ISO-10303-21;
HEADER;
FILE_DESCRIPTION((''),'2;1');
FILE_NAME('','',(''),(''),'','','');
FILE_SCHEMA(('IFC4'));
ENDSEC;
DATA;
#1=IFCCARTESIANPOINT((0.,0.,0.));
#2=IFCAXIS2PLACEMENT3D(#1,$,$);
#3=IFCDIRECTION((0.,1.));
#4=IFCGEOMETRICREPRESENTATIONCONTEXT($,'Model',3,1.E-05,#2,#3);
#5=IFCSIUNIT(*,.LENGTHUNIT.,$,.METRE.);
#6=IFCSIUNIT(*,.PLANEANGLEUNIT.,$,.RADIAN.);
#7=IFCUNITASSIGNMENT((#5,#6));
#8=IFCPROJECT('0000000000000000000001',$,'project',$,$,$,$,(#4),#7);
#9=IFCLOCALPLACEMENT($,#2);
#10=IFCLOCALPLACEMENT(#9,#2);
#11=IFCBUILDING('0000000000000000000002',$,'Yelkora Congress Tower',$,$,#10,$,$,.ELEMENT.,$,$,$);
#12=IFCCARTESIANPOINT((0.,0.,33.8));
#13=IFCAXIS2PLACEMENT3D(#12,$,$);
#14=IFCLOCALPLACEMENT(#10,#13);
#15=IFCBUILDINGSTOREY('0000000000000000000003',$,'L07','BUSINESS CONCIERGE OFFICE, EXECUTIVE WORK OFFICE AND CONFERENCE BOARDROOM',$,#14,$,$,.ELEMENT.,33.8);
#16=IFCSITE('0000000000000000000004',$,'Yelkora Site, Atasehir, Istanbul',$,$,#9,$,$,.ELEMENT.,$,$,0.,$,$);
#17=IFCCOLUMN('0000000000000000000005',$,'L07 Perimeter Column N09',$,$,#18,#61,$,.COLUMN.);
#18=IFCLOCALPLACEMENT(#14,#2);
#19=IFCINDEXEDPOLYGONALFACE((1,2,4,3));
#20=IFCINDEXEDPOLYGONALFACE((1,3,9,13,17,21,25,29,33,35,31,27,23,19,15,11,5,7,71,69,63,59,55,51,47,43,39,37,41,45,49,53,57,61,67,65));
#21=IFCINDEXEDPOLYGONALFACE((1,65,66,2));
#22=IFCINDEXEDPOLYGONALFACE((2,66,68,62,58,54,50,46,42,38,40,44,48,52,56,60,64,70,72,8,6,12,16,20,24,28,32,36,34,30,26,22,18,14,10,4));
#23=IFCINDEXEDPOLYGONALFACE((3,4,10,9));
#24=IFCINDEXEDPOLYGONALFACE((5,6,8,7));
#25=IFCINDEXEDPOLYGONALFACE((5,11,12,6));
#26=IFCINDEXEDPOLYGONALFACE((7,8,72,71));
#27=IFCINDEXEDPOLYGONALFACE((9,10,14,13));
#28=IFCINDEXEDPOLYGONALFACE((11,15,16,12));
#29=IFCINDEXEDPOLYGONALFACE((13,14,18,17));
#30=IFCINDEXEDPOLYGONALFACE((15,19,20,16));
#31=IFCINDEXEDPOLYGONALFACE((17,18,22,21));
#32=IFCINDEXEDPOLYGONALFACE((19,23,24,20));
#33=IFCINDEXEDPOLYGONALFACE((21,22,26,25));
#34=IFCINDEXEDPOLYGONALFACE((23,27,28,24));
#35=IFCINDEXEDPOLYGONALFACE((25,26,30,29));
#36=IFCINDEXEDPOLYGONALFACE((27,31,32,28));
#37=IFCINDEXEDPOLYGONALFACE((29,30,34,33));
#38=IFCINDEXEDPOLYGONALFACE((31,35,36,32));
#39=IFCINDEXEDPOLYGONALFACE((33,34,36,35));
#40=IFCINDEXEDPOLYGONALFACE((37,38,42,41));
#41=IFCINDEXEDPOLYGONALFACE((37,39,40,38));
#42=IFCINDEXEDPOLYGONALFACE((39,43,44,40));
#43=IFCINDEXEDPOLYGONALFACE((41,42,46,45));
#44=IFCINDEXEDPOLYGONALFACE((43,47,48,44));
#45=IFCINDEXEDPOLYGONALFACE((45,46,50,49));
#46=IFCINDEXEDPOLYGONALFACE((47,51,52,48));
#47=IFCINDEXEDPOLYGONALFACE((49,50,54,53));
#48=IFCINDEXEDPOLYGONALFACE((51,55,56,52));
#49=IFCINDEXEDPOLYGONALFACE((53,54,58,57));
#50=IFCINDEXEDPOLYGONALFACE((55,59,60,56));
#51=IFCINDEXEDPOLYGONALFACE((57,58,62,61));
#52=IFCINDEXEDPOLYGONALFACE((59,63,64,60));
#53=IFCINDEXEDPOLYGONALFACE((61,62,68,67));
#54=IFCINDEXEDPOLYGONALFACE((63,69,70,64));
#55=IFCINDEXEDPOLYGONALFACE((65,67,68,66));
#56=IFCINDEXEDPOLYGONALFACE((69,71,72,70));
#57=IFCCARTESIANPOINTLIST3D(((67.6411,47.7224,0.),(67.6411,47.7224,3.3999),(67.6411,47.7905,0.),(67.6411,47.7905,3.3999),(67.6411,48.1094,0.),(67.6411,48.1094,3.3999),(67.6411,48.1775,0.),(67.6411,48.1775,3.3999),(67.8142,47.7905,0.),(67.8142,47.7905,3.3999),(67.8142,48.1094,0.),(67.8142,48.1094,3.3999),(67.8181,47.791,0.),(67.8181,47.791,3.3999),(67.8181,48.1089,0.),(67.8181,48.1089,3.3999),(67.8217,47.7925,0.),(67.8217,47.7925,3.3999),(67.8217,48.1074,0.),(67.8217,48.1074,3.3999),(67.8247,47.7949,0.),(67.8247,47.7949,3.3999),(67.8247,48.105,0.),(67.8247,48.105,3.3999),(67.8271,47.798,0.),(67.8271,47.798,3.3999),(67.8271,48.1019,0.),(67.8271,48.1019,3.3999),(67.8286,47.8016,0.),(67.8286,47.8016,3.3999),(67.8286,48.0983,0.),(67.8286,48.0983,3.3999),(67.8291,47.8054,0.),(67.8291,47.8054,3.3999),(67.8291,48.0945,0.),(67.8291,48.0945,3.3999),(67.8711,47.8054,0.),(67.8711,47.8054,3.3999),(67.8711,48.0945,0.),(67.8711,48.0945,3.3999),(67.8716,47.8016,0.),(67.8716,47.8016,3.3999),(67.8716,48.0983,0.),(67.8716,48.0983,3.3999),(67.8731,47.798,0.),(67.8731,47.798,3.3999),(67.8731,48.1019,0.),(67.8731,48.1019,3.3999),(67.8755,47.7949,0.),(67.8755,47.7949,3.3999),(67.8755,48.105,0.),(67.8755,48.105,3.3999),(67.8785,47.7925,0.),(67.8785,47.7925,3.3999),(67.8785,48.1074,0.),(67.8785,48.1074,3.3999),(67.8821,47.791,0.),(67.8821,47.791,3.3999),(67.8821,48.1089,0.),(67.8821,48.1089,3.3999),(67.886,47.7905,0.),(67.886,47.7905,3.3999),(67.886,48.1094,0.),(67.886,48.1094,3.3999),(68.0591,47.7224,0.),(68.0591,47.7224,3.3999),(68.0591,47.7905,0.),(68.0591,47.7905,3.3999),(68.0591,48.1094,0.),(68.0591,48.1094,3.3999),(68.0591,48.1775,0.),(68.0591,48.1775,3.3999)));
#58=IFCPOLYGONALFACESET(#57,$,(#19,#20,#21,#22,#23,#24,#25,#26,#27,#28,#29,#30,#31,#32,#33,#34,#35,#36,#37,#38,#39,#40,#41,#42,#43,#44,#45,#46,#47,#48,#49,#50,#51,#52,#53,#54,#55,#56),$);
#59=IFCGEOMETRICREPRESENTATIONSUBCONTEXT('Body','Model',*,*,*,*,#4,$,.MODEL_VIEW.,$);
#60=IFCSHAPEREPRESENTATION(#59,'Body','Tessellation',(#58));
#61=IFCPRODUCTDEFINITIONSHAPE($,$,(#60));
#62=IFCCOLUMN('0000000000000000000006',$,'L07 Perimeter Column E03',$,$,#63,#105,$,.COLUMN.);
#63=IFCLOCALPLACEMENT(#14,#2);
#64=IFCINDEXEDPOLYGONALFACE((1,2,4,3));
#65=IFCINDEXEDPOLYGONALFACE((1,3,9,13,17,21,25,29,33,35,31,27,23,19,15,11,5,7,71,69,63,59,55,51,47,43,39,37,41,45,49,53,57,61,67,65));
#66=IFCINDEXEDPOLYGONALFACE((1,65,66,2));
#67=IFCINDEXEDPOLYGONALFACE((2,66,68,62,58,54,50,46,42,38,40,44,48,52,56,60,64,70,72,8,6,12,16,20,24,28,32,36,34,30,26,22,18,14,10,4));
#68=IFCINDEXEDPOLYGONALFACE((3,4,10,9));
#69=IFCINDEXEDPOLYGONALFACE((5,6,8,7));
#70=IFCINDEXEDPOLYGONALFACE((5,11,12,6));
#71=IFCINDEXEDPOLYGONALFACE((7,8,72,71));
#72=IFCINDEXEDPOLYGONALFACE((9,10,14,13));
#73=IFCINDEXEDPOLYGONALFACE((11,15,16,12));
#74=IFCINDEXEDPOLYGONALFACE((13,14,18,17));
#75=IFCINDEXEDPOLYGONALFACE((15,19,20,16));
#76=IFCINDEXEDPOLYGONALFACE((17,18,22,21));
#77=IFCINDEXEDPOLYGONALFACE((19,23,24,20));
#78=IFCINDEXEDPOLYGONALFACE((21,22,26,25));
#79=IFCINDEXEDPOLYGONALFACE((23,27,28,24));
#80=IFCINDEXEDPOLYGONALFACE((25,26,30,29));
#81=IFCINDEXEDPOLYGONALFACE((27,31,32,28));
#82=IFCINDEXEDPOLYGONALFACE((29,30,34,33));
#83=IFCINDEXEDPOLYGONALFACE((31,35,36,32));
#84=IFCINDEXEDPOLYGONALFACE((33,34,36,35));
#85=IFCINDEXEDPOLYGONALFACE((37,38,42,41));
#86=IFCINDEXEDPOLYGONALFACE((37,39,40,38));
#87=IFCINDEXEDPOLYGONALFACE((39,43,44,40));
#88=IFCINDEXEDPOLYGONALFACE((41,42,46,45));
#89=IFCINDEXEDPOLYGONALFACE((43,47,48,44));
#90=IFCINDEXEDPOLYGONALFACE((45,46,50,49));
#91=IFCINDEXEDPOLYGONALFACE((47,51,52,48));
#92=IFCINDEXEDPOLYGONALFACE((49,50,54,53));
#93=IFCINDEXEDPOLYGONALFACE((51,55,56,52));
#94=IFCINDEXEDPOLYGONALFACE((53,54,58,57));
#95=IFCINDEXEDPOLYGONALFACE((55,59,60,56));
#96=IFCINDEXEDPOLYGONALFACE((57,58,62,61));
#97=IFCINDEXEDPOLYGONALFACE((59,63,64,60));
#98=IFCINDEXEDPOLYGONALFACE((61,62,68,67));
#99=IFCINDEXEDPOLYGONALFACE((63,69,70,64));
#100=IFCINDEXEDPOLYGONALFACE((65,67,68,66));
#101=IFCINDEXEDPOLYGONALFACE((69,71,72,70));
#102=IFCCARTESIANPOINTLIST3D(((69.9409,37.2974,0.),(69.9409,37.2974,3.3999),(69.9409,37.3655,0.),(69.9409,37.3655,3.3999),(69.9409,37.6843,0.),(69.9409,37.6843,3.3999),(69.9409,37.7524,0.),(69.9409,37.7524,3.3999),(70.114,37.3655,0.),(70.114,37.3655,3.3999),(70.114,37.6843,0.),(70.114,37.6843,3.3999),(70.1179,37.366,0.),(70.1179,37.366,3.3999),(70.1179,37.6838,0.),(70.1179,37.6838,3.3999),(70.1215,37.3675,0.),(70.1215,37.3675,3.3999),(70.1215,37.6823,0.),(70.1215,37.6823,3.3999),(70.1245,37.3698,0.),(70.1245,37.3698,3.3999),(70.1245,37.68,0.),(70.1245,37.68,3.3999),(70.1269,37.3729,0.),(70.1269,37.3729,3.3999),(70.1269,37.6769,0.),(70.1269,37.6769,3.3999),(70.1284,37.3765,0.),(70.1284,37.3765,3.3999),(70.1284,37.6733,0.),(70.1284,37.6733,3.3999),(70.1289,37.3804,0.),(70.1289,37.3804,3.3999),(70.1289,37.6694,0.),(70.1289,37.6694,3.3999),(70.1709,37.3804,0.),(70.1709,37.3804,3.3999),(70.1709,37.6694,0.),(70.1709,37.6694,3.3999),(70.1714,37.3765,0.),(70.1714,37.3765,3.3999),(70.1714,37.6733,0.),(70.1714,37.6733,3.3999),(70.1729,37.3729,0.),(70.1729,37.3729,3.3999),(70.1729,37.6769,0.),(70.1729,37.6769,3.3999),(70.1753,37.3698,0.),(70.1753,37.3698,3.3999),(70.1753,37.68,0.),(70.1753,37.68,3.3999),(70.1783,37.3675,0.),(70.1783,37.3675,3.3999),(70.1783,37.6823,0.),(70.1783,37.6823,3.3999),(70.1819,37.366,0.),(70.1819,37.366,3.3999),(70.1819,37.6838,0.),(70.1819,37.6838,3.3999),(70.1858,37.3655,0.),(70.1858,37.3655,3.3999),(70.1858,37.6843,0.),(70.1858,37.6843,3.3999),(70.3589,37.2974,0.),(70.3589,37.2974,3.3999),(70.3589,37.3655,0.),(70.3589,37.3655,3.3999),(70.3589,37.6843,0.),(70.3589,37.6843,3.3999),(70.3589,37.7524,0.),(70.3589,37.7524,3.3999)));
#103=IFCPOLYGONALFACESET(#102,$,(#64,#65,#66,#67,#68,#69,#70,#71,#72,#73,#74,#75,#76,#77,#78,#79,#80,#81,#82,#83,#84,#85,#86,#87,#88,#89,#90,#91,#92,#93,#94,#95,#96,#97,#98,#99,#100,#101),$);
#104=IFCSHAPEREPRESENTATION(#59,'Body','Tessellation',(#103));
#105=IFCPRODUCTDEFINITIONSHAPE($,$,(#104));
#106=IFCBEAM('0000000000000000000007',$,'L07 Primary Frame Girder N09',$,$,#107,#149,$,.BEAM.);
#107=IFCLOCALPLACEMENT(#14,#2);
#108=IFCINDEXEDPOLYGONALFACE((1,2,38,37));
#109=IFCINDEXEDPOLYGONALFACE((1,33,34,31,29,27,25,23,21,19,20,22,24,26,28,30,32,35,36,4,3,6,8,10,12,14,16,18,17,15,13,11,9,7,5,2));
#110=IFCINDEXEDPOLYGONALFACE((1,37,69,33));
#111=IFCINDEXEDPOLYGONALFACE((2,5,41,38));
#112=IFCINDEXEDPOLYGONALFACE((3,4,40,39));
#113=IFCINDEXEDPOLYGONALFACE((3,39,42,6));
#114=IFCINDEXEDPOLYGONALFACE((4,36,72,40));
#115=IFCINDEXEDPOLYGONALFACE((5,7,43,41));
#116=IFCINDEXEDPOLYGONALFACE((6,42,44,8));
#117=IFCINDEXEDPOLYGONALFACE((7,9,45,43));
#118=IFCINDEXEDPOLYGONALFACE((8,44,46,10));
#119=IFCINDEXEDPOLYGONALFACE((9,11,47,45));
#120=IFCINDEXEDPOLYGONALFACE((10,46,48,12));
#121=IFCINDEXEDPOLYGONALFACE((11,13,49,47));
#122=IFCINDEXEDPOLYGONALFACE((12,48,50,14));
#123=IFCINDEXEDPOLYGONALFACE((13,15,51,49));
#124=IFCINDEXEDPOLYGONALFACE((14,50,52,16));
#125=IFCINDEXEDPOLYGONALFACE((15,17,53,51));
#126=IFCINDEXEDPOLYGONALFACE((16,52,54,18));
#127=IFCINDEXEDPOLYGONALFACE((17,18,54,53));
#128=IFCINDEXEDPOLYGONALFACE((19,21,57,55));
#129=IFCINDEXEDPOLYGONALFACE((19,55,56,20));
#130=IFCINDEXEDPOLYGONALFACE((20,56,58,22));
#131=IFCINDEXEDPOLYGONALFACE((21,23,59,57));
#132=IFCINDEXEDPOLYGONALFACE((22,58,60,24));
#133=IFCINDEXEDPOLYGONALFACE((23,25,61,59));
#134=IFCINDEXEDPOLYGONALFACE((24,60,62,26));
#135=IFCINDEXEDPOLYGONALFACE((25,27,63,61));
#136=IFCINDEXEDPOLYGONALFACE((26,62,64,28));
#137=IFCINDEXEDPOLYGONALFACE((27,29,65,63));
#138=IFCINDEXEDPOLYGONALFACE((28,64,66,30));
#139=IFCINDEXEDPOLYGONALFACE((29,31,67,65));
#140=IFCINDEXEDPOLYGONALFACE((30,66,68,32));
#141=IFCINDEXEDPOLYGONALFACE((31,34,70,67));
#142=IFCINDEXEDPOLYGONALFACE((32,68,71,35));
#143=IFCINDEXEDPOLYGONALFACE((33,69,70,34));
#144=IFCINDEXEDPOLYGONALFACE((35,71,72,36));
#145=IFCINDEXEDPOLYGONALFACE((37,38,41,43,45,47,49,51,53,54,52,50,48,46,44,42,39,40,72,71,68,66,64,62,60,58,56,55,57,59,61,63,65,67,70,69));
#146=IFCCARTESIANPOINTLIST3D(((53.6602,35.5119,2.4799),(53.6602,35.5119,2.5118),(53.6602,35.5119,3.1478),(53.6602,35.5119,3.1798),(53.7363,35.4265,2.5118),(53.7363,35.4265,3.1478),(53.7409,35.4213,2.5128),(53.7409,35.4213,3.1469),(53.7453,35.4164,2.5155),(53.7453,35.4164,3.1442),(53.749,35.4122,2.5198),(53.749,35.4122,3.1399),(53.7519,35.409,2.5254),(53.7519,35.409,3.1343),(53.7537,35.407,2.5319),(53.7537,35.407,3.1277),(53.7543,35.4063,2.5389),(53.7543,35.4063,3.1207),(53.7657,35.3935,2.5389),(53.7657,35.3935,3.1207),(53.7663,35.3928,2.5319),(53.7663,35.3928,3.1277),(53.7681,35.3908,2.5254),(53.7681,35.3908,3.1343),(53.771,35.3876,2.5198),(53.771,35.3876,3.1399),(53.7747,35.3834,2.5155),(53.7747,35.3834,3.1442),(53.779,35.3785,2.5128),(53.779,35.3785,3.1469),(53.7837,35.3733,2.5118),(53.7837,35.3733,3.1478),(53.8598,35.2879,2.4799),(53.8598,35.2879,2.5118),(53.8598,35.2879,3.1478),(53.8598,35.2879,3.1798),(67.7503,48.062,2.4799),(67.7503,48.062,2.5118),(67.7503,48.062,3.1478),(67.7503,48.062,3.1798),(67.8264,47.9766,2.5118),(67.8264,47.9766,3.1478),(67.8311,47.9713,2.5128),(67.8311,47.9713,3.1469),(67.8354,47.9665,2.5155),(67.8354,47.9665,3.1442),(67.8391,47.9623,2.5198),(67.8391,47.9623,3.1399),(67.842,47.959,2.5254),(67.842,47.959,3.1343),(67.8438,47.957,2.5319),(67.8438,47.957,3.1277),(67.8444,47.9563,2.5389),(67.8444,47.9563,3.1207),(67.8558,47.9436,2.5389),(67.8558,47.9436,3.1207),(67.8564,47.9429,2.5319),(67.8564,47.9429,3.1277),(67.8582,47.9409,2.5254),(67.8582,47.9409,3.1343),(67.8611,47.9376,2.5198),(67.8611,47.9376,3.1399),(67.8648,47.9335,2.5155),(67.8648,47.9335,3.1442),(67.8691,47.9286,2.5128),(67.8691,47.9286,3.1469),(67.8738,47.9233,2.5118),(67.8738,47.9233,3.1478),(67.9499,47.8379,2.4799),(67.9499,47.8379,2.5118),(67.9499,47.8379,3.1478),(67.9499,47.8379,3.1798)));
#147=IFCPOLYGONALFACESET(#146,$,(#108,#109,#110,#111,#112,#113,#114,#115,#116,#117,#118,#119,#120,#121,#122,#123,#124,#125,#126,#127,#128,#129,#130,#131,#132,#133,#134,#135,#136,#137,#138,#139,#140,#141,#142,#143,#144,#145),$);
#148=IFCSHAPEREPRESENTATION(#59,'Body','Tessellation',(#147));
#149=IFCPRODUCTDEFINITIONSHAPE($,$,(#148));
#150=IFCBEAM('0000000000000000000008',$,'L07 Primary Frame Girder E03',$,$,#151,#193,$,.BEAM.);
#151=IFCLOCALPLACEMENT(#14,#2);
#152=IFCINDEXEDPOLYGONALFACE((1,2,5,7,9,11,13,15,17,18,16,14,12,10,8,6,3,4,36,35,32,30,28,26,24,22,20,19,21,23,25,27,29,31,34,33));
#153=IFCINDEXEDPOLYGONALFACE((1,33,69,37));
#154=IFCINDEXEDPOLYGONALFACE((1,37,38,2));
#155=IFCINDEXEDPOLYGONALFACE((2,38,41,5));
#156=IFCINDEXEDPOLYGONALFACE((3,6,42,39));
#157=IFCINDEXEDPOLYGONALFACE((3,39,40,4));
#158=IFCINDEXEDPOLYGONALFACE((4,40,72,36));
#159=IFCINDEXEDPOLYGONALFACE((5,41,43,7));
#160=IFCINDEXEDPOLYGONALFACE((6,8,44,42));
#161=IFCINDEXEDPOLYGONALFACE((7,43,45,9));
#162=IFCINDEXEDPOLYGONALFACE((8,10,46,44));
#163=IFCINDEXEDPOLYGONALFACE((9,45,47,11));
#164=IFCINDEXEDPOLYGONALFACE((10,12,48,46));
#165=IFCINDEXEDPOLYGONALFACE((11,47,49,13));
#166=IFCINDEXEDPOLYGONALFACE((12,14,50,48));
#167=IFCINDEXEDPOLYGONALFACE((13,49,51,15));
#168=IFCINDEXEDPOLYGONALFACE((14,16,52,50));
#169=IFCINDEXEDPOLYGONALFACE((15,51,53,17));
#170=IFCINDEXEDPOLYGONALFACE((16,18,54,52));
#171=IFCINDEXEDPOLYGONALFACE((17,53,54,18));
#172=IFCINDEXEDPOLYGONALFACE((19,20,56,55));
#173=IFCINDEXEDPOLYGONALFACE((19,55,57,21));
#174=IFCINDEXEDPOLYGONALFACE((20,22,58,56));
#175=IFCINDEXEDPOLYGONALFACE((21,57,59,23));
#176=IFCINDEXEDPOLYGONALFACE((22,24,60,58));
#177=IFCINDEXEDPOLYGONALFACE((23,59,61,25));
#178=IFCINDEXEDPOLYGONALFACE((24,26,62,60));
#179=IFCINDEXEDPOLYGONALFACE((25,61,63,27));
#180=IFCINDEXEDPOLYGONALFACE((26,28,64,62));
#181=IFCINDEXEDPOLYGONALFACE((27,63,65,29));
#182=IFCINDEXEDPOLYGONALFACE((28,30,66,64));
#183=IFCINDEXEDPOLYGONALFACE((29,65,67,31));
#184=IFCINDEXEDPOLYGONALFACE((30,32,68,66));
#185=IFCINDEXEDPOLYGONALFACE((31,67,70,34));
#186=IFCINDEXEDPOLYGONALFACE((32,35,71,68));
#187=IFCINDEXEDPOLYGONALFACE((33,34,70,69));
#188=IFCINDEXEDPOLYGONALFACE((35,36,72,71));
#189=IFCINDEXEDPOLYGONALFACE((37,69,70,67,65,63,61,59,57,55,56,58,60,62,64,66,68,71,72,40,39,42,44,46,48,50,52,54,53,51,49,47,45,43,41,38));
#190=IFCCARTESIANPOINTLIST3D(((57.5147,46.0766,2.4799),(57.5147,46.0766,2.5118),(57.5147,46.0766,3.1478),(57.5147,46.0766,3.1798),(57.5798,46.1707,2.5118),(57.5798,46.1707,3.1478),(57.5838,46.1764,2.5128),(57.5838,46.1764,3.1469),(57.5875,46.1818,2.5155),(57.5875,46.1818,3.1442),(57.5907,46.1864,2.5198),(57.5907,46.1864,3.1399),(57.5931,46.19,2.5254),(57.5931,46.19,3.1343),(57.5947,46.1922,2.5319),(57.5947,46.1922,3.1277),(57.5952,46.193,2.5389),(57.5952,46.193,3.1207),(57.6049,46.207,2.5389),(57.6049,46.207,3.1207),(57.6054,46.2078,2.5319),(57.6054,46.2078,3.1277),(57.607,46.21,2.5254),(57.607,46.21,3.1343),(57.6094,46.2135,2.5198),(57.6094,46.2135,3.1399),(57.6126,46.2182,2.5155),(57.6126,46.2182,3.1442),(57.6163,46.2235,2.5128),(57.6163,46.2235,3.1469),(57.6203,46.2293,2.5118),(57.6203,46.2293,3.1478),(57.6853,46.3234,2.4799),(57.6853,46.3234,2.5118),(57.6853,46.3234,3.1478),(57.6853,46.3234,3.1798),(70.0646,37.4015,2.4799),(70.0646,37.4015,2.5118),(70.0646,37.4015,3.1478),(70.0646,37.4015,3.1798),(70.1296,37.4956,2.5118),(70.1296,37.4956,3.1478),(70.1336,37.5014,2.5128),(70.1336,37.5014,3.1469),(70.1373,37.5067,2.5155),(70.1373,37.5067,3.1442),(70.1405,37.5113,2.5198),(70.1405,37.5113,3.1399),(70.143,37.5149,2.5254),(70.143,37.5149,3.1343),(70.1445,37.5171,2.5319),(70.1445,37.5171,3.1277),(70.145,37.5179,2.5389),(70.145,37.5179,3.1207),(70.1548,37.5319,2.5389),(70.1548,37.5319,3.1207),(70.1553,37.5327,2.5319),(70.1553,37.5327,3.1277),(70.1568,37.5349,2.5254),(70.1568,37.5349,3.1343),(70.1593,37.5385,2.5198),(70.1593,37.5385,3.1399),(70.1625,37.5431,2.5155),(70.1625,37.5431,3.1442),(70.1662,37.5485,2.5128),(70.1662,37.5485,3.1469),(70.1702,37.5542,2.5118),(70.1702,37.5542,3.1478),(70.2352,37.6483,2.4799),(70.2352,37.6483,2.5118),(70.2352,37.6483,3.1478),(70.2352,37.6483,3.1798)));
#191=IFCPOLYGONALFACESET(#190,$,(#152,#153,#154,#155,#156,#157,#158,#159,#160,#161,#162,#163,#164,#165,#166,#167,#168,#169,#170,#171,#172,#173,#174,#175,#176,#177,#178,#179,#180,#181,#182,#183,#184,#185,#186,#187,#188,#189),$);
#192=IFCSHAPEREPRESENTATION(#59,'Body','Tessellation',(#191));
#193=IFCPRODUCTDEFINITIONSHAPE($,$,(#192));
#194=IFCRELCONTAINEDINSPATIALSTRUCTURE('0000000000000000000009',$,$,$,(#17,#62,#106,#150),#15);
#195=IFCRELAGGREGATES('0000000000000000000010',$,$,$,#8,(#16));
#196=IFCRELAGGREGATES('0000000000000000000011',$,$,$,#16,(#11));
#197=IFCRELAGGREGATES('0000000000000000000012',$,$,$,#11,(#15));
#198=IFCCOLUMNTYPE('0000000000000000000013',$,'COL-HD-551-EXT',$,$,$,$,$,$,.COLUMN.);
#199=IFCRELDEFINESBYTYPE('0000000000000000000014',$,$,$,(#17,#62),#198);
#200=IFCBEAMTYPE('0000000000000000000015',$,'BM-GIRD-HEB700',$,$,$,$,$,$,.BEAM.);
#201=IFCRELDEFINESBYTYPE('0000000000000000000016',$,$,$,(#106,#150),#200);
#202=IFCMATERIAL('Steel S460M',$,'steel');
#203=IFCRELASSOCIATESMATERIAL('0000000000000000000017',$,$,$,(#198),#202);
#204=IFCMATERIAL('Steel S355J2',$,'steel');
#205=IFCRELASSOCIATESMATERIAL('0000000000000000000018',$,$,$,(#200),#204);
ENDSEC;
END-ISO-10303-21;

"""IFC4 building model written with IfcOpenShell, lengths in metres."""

from ifc_helpers import new_model, si_unit, direction, frame, origin, origin_2d, place, context, subcontext, project, spatial, i_section, extrude, material, material_profile, profile_set, type_object, element, save


model = new_model("IFC4")

# Units and contexts
model_context = context("Model", 3, precision=1e-05, world=origin(), true_north=direction((0.0, 1.0)))
body_context = subcontext(model_context, "Body", "Model", "MODEL_VIEW")
ifc_project = project(units=[si_unit("LENGTHUNIT", "METRE"), si_unit("PLANEANGLEUNIT", "RADIAN")], contexts=[model_context])

# Site, building, storey
site_placement = place(None, origin())
site = spatial("IfcSite", under=ifc_project, at=site_placement, Name="Yelkora Site, Atasehir, Istanbul", CompositionType="ELEMENT", RefElevation=0.0)
building_placement = place(site_placement, origin())
building = spatial("IfcBuilding", under=site, at=building_placement, Name="Yelkora Congress Tower", CompositionType="ELEMENT")
storey_placement = place(building_placement, frame((0.0, 0.0, 33.8)))
storey = spatial("IfcBuildingStorey", under=building, at=storey_placement, Name="L07", Description="BUSINESS CONCIERGE OFFICE, EXECUTIVE WORK OFFICE AND CONFERENCE BOARDROOM", CompositionType="ELEMENT", Elevation=33.8)

# Columns
ifc_material_1 = material(Name="Steel S460M", Category="steel")
ifc_material_profile_1 = material_profile(ifc_material_1, i_section(OverallWidth=0.418, OverallDepth=0.4551, WebThickness=0.042, FlangeThickness=0.0681, FilletRadius=0.0149, at=origin_2d()), Name="HD 400x551")
ifc_profile_set_1 = profile_set([ifc_material_profile_1], Name="Steel S460M")
column_type = type_object("IfcColumnType", Name="COL-HD-551-EXT", PredefinedType="COLUMN", material=ifc_profile_set_1)
for number, where, z_axis, x_axis, name in (
    (1, (67.8501, 47.95, 0.0), (0.0, 0.0, 1.0), (1.0, 0.0, 0.0), "L07 Perimeter Column N09"),
    (2, (70.1499, 37.5249, 0.0), (0.0, 0.0, 1.0), (1.0, 0.0, 0.0), "L07 Perimeter Column E03"),
):
    element("IfcColumn", number, at=place(storey_placement, frame(where, z_axis=z_axis, x_axis=x_axis)), inside=storey, type_object=column_type, Name=name, PredefinedType="COLUMN", context=body_context, shape_type="SweptSolid", body=[
        extrude(i_section(OverallWidth=0.418, OverallDepth=0.4551, WebThickness=0.042, FlangeThickness=0.0681, FilletRadius=0.0149, at=origin_2d()), origin(), (0.0, 0.0, 1.0), 3.3999),
    ])

# Beams
ifc_material_2 = material(Name="Steel S355J2", Category="steel")
ifc_material_profile_2 = material_profile(ifc_material_2, i_section(OverallWidth=0.3, OverallDepth=0.7, WebThickness=0.0171, FlangeThickness=0.032, FilletRadius=0.0271, at=origin_2d()), Name="HEB 700")
ifc_profile_set_2 = profile_set([ifc_material_profile_2], Name="Steel S355J2")
beam_type_1 = type_object("IfcBeamType", Name="BM-GIRD-HEB700", PredefinedType="BEAM", material=ifc_profile_set_2)
beam_1_placement = place(storey_placement, frame((67.8501, 47.95, 2.8298), z_axis=(-0.746737, -0.665119, 0.0), x_axis=(0.665119, -0.746737, 0.0)))
element("IfcBeam", 3, at=beam_1_placement, inside=storey, type_object=beam_type_1, Name="L07 Primary Frame Girder N09", PredefinedType="BEAM", context=body_context, shape_type="SweptSolid", body=[
    extrude(i_section(OverallWidth=0.3, OverallDepth=0.7, WebThickness=0.0171, FlangeThickness=0.032, FilletRadius=0.0271, at=origin_2d()), origin(), (0.0, 0.0, 1.0), 18.8689),
])
beam_2_placement = place(storey_placement, frame((70.1499, 37.5249, 2.8298), z_axis=(-0.822599, 0.568622, 0.0), x_axis=(-0.568622, -0.822599, 0.0)))
element("IfcBeam", 4, at=beam_2_placement, inside=storey, type_object=beam_type_1, Name="L07 Primary Frame Girder E03", PredefinedType="BEAM", context=body_context, shape_type="SweptSolid", body=[
    extrude(i_section(OverallWidth=0.3, OverallDepth=0.7, WebThickness=0.0171, FlangeThickness=0.032, FilletRadius=0.0271, at=origin_2d()), origin(), (0.0, 0.0, 1.0), 15.2563),
])

save(model, "model.ifc")
